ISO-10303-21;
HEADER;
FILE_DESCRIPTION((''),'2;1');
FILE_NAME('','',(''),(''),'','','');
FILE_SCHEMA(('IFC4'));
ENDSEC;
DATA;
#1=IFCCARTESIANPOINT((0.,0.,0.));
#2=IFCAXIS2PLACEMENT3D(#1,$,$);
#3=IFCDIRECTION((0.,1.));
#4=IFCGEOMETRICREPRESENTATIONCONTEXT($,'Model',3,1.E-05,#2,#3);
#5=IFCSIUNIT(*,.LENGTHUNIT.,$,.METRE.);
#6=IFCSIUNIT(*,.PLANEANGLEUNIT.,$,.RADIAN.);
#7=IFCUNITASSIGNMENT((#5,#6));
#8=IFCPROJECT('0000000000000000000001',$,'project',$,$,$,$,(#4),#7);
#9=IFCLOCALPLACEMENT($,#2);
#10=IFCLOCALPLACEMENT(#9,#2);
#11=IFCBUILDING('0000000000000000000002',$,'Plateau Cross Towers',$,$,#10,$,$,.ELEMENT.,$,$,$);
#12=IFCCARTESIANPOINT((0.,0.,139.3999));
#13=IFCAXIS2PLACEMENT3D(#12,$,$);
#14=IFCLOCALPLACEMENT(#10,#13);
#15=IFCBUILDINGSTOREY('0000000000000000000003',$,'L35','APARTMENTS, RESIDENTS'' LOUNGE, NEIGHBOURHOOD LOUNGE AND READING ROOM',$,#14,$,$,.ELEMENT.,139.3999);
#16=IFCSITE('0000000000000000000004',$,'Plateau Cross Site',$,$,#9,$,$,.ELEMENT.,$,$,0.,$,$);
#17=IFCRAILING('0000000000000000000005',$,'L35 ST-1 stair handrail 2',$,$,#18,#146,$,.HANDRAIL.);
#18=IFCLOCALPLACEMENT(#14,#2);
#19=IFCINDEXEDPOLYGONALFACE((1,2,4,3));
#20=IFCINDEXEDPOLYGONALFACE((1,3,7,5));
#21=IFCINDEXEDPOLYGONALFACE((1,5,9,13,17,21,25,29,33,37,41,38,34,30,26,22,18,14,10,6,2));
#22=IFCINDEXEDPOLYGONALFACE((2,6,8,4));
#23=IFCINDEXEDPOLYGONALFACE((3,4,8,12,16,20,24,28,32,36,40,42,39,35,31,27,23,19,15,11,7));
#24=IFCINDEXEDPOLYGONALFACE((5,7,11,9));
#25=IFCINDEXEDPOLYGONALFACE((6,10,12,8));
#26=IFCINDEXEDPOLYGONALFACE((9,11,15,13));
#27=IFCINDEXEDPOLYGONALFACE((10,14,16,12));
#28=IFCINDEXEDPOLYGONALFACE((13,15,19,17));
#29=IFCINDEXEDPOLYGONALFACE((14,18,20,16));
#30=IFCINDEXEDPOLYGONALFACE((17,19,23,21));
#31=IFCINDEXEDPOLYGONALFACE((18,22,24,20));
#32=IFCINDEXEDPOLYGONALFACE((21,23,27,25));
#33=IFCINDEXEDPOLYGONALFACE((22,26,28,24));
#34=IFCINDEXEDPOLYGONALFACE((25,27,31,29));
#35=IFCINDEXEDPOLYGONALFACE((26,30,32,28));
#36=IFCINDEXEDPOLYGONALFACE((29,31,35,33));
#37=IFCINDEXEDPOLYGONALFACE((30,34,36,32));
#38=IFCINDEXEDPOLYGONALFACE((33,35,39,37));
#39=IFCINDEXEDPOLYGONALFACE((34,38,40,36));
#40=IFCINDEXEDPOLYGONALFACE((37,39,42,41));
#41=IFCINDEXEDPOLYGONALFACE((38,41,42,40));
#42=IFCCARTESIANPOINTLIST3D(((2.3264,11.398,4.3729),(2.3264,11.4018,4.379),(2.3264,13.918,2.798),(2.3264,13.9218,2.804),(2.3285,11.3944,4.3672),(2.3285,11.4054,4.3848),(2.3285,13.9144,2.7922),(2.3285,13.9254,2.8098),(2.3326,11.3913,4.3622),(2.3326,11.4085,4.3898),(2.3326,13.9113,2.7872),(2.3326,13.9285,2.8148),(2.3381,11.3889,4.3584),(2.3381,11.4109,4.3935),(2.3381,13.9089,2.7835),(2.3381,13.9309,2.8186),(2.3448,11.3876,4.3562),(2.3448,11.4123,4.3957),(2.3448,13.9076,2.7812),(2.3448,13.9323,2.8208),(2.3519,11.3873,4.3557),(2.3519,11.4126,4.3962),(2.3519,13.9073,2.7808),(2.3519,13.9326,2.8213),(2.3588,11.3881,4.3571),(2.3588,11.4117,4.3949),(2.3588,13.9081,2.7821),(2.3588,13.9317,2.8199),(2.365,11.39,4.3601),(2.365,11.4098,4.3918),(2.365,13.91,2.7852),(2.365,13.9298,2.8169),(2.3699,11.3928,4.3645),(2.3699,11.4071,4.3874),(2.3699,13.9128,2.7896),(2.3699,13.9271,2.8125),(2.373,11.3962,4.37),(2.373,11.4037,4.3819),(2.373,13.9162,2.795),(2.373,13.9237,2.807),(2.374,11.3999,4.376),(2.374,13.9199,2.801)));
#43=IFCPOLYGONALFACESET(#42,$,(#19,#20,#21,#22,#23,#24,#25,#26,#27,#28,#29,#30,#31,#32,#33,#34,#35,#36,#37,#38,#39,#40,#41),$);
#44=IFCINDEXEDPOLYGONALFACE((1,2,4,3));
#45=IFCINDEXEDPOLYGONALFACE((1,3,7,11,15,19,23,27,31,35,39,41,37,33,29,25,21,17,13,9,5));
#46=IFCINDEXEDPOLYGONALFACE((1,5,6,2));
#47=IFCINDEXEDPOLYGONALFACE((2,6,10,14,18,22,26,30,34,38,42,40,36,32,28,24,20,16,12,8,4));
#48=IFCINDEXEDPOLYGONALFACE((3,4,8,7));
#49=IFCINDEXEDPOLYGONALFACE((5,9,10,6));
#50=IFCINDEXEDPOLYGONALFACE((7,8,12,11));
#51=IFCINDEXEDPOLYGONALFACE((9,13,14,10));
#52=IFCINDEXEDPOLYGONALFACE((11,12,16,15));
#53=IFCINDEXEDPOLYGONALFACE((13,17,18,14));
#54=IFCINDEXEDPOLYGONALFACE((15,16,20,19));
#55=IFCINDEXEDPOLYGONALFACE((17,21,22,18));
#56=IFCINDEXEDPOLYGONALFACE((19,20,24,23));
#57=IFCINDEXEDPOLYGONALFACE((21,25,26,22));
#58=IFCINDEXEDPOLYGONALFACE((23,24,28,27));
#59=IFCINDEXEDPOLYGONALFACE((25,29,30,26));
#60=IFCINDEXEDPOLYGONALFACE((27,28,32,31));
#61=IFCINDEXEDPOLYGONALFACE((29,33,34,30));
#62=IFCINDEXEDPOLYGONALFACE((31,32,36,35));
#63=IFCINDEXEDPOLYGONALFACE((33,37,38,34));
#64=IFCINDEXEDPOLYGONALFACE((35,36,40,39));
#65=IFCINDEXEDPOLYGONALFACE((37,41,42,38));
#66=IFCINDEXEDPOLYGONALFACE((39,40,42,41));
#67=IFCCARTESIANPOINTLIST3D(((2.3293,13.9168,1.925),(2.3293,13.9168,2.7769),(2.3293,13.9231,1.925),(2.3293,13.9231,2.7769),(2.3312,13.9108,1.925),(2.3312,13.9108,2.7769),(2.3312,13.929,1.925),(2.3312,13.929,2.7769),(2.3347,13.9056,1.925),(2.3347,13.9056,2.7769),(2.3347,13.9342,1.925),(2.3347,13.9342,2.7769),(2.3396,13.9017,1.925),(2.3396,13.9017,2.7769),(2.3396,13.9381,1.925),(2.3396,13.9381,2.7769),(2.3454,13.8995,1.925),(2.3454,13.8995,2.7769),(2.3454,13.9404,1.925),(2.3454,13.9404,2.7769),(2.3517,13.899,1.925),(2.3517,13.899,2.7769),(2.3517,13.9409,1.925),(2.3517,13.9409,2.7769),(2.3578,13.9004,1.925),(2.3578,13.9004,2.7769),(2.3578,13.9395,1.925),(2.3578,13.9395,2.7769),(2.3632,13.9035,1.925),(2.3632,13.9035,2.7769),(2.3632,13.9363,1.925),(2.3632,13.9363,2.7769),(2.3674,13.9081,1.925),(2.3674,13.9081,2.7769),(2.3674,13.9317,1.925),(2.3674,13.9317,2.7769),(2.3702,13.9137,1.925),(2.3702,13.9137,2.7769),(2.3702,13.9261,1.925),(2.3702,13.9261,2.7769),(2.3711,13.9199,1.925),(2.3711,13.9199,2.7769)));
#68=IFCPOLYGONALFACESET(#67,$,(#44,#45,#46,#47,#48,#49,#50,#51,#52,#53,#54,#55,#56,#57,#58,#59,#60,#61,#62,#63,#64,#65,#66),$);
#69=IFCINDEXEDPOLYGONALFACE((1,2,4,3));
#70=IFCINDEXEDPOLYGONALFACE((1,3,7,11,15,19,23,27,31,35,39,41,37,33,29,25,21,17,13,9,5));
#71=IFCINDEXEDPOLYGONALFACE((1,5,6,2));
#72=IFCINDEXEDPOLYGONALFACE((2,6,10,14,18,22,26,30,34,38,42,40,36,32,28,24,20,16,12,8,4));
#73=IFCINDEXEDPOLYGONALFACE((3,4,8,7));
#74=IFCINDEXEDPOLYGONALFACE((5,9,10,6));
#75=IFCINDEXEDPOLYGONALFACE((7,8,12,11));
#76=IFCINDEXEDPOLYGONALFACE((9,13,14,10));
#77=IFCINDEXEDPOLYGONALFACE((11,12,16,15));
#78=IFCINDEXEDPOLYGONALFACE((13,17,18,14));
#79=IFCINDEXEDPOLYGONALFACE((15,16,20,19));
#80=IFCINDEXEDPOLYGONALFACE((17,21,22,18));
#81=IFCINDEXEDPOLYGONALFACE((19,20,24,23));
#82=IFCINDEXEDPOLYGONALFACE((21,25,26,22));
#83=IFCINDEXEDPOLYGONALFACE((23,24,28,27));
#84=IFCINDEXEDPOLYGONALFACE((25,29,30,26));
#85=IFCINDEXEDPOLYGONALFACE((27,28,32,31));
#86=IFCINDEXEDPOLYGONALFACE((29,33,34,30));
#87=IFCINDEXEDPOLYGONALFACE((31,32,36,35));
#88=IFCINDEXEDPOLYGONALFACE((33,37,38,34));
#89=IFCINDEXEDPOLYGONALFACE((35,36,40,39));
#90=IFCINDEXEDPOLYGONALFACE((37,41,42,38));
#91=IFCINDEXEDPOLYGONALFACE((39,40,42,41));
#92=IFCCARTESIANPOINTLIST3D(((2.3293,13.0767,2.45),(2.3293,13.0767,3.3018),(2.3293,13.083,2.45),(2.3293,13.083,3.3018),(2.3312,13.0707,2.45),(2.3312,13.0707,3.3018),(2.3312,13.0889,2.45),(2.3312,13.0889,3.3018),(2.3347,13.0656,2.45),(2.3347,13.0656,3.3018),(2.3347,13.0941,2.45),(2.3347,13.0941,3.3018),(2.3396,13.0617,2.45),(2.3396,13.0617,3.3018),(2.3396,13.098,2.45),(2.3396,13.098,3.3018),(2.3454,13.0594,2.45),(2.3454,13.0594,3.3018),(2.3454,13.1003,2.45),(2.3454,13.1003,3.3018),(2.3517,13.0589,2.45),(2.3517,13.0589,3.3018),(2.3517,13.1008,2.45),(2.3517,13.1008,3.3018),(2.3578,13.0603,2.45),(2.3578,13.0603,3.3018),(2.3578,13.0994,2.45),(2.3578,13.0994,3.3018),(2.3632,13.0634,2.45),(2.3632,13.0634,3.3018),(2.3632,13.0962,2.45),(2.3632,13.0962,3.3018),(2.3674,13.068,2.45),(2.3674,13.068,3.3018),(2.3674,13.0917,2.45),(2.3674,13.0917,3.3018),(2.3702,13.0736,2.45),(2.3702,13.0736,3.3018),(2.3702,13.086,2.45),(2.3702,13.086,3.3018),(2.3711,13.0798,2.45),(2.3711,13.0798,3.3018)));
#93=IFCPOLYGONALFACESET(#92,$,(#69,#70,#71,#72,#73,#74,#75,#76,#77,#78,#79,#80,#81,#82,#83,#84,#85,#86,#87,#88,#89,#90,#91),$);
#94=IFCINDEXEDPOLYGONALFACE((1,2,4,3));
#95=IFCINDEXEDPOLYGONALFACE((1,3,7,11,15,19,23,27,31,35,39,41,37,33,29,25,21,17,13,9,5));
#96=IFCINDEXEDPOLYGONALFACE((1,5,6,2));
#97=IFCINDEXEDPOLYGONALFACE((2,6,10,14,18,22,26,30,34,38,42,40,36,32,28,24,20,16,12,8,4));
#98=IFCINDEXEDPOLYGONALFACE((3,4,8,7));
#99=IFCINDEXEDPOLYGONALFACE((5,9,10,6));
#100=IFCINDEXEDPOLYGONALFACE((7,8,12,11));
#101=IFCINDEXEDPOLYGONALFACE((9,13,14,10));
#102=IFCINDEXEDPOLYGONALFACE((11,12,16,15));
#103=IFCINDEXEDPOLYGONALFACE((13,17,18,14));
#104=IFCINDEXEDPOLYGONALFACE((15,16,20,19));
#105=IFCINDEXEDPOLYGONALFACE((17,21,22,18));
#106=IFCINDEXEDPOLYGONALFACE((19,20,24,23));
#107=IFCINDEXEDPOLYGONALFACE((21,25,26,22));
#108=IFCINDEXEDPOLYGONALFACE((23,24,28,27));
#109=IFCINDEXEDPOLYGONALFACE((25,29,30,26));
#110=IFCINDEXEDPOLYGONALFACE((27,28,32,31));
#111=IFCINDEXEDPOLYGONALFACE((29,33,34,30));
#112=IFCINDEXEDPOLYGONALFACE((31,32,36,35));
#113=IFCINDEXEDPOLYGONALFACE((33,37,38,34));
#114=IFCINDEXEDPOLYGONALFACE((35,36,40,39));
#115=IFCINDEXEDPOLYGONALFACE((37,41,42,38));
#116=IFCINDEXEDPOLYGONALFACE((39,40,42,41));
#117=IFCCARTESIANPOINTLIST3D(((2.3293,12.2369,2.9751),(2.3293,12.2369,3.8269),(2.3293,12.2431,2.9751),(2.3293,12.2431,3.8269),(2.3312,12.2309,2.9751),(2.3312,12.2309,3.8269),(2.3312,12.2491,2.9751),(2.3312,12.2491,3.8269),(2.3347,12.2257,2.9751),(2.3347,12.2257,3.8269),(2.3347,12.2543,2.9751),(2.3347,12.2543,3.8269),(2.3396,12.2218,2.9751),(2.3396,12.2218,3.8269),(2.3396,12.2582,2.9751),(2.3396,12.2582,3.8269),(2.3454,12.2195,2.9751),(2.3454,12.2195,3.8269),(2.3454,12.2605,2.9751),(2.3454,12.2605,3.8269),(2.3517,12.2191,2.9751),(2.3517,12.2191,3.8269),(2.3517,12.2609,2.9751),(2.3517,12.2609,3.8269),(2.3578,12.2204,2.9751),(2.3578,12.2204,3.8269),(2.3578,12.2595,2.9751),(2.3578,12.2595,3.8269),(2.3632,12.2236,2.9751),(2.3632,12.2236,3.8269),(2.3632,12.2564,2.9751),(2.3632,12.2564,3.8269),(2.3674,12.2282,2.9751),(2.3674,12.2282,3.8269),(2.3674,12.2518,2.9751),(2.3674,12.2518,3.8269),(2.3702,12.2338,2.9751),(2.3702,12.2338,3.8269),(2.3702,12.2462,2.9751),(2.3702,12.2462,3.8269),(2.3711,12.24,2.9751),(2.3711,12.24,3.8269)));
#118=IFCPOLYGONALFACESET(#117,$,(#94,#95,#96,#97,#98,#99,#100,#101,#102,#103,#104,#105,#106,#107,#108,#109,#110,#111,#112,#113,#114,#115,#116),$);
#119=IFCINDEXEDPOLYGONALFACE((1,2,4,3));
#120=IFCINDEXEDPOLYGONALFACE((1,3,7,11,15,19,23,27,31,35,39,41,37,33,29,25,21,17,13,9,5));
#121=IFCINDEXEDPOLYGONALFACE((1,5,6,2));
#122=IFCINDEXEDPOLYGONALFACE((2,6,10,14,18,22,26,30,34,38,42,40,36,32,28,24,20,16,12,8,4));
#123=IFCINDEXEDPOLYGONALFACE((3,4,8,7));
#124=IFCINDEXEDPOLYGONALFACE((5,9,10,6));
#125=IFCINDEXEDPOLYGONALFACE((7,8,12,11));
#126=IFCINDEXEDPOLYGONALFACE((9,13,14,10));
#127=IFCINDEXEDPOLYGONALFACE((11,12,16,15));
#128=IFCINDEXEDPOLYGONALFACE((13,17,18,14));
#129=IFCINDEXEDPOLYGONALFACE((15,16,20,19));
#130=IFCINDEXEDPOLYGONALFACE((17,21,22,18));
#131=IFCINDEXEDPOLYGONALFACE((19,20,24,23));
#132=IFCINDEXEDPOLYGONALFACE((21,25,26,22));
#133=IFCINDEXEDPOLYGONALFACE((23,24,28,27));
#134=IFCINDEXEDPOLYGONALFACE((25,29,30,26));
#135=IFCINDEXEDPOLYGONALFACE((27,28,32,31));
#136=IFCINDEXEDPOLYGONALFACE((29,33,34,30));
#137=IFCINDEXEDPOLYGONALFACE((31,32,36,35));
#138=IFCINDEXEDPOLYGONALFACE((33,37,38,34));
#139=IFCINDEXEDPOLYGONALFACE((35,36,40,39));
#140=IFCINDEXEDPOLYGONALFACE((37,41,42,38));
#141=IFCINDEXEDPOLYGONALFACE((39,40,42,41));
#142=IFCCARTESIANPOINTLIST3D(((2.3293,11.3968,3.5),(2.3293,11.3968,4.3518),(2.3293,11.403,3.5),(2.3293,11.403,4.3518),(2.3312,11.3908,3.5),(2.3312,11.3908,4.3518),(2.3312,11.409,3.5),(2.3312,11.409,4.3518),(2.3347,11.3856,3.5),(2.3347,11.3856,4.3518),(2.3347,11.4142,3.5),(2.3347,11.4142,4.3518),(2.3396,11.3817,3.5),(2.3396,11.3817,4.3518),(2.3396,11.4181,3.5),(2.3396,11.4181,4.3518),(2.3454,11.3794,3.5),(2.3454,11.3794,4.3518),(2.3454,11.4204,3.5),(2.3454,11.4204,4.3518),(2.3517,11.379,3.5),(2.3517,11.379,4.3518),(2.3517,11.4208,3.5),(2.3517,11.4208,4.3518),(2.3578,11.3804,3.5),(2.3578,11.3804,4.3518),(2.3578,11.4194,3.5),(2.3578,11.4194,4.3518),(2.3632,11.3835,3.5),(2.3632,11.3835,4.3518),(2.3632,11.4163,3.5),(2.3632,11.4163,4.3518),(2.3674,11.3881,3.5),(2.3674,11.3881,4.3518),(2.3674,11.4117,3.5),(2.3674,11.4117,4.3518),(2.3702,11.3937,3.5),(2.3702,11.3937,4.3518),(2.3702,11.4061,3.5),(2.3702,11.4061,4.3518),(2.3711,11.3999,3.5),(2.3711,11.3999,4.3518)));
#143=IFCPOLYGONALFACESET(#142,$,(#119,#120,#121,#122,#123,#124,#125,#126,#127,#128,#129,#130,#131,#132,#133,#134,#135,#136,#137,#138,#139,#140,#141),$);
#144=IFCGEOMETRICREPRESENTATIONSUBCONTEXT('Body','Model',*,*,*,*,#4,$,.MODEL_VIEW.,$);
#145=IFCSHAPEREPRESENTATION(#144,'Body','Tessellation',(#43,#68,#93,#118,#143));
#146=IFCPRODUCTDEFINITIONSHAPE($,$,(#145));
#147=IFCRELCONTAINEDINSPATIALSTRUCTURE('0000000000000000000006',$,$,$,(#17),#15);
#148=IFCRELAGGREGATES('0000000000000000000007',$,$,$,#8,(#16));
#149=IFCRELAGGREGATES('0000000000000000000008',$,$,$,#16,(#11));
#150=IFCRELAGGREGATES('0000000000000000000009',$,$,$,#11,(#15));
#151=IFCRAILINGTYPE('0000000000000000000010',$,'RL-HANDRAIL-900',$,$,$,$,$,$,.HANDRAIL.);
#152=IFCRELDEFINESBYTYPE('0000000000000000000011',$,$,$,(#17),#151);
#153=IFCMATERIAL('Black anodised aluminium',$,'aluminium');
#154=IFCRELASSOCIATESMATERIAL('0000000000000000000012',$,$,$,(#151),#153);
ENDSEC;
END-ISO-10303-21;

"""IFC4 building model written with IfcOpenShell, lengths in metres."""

from ifc_helpers import new_model, si_unit, direction, frame, origin, origin_2d, place, context, subcontext, project, spatial, circle, extrude, material, type_object, element, save


model = new_model("IFC4")

# Units and contexts
model_context = context("Model", 3, precision=1e-05, world=origin(), true_north=direction((0.0, 1.0)))
body_context = subcontext(model_context, "Body", "Model", "MODEL_VIEW")
ifc_project = project(units=[si_unit("LENGTHUNIT", "METRE"), si_unit("PLANEANGLEUNIT", "RADIAN")], contexts=[model_context])

# Site, building, storey
site_placement = place(None, origin())
site = spatial("IfcSite", under=ifc_project, at=site_placement, Name="Plateau Cross Site", CompositionType="ELEMENT", RefElevation=0.0)
building_placement = place(site_placement, origin())
building = spatial("IfcBuilding", under=site, at=building_placement, Name="Plateau Cross Towers", CompositionType="ELEMENT")
storey_placement = place(building_placement, frame((0.0, 0.0, 139.3999)))
storey = spatial("IfcBuildingStorey", under=building, at=storey_placement, Name="L35", Description="APARTMENTS, RESIDENTS' LOUNGE, NEIGHBOURHOOD LOUNGE AND READING ROOM", CompositionType="ELEMENT", Elevation=139.3999)

# Shared definitions
ifc_material_1 = material(Name="Black anodised aluminium", Category="aluminium")

# Railing
railing_type_1 = type_object("IfcRailingType", Name="RL-HANDRAIL-900", PredefinedType="HANDRAIL", material=ifc_material_1)
railing_1_placement = place(storey_placement, frame((2.3501, 13.9199, 1.925)))
element("IfcRailing", 1, at=railing_1_placement, inside=storey, type_object=railing_type_1, Name="L35 ST-1 stair handrail 2", PredefinedType="HANDRAIL", context=body_context, shape_type="SweptSolid", body=[
    extrude(circle(Radius=0.0239, at=origin_2d()), frame((0.0, 0.0, 0.876), z_axis=(0.0, -0.848008, 0.529984), x_axis=(1.0, 0.0, 0.0)), (0.0, 0.0, 1.0), 2.9717),
    extrude(circle(Radius=0.021, at=origin_2d()), origin(), (0.0, 0.0, 1.0), 0.8518),
    extrude(circle(Radius=0.021, at=origin_2d()), frame((0.0, -0.8401, 0.5249)), (0.0, 0.0, 1.0), 0.8518),
    extrude(circle(Radius=0.021, at=origin_2d()), frame((0.0, -1.6799, 1.05)), (0.0, 0.0, 1.0), 0.8518),
    extrude(circle(Radius=0.021, at=origin_2d()), frame((0.0, -2.52, 1.575)), (0.0, 0.0, 1.0), 0.8518),
])

save(model, "model.ifc")
